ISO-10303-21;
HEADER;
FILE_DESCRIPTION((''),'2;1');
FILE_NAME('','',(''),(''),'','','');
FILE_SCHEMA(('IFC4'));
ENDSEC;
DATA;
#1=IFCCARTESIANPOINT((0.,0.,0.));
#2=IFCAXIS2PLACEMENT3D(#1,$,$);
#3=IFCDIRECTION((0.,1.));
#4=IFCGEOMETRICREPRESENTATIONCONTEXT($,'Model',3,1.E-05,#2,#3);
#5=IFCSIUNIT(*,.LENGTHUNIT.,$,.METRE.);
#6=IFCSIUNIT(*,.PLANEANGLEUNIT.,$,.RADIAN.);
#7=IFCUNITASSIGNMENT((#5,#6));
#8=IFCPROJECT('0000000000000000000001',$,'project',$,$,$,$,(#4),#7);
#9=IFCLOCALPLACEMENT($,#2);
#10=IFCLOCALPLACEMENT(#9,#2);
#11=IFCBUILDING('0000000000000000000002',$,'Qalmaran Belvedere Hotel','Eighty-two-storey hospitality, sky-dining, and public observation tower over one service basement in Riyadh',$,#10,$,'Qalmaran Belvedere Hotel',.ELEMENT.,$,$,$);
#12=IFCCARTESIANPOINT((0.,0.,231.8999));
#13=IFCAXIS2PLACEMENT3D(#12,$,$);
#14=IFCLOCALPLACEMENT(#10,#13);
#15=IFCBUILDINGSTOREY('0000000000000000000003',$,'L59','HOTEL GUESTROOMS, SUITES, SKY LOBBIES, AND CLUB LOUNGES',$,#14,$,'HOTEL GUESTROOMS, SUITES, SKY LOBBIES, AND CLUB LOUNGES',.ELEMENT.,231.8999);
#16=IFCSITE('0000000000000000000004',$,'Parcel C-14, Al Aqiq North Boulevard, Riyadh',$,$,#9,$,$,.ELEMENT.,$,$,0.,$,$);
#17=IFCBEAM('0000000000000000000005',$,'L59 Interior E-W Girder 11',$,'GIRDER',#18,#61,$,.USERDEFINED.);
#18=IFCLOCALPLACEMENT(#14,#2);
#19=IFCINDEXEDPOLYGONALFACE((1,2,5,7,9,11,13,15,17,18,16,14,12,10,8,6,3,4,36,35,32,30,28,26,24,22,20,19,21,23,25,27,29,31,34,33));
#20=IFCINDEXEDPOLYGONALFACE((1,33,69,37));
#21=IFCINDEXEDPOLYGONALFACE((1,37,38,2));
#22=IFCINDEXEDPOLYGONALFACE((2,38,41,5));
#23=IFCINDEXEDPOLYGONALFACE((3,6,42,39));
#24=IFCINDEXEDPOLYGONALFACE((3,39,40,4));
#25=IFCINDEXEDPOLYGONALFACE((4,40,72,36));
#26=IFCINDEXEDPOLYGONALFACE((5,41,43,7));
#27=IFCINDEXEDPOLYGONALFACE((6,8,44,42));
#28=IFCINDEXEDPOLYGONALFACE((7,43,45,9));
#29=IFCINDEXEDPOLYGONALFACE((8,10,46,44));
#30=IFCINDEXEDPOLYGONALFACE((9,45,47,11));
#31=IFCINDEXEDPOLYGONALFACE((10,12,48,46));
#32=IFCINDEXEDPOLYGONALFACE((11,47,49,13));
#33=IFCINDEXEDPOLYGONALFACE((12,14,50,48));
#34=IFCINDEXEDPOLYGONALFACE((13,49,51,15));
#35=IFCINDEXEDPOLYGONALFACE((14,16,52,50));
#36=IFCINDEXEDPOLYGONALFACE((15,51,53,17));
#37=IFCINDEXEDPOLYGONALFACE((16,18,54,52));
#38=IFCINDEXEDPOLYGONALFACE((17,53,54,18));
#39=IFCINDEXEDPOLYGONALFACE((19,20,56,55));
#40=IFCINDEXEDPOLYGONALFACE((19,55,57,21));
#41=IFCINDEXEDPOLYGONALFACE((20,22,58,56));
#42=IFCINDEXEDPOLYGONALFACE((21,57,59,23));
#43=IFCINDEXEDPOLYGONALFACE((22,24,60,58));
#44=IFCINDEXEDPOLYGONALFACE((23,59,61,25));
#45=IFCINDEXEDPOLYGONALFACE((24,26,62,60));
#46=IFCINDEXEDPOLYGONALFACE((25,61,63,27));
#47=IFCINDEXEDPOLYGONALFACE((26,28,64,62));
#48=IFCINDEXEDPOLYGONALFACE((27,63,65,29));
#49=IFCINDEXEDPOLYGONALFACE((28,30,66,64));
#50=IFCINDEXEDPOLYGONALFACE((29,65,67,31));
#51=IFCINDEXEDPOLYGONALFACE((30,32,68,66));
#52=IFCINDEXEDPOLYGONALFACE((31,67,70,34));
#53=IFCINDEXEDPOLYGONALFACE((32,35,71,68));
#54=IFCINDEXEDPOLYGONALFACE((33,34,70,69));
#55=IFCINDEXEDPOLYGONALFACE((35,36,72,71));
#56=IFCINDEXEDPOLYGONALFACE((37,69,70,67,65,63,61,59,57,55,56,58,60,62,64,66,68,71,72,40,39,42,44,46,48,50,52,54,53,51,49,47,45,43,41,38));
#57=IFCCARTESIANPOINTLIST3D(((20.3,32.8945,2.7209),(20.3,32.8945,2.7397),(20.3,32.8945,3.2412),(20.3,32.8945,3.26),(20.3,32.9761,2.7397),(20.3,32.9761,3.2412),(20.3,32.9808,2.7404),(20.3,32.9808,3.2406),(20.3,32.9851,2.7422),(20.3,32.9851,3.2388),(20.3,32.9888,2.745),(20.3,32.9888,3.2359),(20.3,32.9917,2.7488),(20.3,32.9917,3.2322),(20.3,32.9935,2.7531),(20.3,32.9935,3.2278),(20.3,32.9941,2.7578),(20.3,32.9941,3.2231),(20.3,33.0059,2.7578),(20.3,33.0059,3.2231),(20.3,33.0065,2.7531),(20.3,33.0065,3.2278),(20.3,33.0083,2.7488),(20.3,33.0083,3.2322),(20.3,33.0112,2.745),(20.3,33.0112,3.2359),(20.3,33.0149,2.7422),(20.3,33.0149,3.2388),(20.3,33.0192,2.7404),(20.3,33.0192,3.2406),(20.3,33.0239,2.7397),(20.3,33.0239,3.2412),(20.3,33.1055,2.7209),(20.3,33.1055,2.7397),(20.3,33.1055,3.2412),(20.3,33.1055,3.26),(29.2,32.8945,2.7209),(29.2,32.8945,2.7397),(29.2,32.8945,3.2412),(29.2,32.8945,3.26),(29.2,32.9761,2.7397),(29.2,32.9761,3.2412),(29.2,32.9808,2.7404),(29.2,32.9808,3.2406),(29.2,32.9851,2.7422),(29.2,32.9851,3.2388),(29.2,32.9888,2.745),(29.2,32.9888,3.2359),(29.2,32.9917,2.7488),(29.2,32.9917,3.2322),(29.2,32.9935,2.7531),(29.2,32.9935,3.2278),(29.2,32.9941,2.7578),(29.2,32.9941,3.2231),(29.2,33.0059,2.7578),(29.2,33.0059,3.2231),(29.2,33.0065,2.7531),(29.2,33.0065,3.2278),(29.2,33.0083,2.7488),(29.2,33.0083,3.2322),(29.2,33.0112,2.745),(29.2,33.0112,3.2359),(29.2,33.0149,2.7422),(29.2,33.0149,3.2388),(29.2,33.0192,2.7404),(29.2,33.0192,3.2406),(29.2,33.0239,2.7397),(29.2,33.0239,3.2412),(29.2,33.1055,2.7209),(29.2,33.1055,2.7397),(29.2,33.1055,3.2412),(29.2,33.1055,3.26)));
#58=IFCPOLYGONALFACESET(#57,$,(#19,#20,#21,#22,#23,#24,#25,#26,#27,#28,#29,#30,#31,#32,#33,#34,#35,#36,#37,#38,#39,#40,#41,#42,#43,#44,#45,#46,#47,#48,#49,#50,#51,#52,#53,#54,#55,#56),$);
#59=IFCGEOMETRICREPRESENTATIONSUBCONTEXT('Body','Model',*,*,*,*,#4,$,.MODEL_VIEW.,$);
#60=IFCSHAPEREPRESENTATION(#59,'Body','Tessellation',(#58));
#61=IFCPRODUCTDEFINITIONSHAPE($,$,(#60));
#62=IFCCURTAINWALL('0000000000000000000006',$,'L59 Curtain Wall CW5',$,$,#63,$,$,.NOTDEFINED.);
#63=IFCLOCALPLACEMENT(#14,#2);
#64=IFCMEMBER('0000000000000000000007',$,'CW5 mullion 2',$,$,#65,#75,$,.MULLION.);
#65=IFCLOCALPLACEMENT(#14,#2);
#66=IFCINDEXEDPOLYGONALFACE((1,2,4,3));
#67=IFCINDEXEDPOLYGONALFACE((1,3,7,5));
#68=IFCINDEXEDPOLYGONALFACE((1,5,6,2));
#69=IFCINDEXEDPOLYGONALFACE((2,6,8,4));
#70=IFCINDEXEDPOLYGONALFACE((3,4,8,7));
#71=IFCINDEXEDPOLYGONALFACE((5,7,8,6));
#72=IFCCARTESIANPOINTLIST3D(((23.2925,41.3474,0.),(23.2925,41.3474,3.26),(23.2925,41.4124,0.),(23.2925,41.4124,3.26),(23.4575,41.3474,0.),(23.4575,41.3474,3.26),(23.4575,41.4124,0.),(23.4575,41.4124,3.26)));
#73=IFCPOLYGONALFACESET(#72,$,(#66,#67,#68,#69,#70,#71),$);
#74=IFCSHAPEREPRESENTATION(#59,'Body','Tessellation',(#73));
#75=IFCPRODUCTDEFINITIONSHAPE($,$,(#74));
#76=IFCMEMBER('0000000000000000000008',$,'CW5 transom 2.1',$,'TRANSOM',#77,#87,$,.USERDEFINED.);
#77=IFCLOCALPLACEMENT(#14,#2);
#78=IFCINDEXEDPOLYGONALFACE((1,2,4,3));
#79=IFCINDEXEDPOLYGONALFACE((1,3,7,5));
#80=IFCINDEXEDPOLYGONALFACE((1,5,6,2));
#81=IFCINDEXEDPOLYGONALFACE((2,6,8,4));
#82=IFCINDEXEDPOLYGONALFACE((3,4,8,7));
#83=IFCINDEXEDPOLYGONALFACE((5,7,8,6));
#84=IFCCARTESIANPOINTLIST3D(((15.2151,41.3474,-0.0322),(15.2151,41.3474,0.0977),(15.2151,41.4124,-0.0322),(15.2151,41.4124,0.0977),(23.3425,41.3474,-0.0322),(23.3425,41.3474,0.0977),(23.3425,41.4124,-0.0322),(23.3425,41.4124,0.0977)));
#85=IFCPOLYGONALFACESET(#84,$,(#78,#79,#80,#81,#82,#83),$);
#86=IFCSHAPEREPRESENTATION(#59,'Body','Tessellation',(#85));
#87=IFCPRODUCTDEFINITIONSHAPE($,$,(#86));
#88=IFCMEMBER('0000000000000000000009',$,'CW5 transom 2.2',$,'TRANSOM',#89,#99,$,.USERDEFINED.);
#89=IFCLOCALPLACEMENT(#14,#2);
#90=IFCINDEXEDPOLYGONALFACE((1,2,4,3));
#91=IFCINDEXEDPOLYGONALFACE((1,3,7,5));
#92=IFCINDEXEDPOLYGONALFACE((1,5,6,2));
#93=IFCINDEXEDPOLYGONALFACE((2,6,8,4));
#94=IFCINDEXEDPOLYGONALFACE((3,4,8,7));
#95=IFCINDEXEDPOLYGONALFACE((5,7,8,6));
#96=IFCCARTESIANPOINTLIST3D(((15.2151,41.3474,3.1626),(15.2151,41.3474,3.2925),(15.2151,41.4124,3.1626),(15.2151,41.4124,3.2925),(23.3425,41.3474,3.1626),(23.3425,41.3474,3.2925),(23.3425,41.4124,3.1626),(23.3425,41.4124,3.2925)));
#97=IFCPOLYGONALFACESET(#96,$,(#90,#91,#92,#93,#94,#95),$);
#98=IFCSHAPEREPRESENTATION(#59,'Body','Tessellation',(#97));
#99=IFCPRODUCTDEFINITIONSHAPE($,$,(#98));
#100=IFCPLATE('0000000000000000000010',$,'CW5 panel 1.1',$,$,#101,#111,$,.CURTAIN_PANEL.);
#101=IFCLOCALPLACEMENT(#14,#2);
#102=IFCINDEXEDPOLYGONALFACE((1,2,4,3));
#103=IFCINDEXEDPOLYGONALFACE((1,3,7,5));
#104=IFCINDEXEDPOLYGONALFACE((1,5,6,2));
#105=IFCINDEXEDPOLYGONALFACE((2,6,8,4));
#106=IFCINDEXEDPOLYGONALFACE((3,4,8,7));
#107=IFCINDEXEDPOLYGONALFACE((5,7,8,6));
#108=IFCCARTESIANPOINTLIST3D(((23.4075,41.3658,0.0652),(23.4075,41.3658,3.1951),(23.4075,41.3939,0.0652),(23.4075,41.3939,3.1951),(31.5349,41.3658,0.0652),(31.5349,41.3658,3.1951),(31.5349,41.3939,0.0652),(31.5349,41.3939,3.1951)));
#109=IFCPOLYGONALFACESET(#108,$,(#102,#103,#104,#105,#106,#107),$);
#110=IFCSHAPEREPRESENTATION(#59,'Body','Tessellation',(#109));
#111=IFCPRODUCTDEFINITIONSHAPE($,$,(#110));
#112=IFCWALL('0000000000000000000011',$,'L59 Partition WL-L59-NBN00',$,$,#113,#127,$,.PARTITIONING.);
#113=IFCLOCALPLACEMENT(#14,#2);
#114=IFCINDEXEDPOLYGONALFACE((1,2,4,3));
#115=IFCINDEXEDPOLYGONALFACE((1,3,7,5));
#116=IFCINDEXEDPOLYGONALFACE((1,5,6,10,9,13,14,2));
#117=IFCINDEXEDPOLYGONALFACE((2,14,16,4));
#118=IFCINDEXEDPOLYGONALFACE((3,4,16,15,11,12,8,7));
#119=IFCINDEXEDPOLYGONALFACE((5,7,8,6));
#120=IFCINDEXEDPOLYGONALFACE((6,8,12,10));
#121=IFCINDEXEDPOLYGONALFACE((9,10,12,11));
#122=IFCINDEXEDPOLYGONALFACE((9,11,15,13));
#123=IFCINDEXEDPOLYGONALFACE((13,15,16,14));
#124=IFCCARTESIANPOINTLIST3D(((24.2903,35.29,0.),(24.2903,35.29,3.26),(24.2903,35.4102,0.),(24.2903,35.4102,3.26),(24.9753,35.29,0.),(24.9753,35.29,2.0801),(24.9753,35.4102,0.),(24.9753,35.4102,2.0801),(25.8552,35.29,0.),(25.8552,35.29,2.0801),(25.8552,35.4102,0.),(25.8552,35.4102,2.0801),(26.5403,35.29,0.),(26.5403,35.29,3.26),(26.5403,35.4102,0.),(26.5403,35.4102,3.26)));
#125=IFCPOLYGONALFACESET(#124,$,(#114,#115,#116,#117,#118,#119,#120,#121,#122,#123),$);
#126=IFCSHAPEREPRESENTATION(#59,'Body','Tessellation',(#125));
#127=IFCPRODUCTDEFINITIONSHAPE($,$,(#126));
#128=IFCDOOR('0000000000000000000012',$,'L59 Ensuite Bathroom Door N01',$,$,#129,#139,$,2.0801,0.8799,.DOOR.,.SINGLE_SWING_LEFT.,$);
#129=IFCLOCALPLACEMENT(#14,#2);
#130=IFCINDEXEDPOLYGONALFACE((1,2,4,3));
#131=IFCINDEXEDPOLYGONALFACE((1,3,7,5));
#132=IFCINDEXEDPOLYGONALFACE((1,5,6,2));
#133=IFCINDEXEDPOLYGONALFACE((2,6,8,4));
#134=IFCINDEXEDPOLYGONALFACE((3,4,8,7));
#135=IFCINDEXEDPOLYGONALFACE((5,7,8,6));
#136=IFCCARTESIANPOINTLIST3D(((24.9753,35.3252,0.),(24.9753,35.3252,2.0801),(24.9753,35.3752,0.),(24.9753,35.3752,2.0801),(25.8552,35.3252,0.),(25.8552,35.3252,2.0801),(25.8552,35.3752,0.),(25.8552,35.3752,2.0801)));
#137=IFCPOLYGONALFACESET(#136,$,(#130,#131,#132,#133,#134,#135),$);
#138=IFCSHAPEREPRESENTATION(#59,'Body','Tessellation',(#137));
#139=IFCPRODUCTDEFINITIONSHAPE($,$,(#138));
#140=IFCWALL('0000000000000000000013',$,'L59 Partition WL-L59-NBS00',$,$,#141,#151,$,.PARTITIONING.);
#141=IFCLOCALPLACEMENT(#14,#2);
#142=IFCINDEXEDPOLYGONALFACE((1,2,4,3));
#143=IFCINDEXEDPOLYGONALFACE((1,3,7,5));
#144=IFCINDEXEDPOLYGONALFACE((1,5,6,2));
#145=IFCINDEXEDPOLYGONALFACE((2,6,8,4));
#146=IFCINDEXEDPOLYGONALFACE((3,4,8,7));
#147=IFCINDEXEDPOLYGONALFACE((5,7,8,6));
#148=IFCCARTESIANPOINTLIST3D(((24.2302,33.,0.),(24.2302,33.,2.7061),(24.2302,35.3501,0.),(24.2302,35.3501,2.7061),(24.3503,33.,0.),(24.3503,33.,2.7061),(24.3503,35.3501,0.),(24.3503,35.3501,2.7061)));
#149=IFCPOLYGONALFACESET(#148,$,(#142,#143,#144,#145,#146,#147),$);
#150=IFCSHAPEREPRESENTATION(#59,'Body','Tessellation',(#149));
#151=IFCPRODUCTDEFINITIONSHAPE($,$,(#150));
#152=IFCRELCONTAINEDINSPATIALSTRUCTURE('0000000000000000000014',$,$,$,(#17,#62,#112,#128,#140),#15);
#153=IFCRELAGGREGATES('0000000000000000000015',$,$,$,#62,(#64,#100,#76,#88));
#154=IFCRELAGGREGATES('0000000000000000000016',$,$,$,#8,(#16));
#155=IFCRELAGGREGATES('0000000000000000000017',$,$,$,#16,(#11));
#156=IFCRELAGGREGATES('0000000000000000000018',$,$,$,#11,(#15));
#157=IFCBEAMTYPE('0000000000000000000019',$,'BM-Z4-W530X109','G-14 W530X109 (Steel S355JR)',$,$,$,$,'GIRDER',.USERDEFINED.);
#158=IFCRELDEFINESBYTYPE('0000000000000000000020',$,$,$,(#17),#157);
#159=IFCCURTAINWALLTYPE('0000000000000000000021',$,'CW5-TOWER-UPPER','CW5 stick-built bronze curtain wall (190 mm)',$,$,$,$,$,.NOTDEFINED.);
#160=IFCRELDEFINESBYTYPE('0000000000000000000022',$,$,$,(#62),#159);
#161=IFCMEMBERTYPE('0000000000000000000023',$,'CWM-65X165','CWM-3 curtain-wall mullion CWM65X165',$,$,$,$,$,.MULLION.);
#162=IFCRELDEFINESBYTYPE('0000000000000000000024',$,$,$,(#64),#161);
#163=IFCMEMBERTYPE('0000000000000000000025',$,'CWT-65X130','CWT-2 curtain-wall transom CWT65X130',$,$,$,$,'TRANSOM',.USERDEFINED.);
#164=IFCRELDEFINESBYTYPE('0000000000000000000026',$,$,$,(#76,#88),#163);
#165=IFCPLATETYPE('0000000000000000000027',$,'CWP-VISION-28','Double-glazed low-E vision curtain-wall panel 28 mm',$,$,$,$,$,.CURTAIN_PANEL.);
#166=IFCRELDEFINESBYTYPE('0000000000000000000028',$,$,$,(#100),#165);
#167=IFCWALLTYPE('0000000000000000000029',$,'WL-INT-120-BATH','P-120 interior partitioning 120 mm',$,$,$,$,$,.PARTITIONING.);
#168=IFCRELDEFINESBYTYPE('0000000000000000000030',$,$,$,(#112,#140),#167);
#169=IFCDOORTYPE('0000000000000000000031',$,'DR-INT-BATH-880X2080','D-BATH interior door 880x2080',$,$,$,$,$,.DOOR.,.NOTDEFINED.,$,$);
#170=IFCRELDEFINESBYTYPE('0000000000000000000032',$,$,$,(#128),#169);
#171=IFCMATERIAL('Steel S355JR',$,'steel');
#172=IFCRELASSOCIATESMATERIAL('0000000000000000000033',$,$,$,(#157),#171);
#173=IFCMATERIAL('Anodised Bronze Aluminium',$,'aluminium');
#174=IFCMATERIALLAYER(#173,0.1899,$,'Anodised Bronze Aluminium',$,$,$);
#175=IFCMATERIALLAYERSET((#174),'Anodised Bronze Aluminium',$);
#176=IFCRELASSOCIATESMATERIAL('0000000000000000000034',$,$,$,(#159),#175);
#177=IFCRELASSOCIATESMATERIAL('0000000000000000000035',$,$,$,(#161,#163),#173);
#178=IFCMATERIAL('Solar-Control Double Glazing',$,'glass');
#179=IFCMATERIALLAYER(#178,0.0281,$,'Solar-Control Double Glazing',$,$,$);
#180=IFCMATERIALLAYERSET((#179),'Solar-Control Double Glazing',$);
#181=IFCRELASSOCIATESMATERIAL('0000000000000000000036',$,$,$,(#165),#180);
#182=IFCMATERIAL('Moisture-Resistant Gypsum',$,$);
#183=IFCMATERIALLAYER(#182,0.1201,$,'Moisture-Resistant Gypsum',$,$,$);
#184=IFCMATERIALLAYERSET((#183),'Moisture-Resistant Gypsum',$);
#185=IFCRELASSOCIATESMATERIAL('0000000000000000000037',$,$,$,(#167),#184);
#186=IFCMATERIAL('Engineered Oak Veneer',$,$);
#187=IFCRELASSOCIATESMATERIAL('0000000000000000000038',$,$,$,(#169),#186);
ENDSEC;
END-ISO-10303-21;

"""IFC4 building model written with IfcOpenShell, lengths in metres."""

from ifc_helpers import new_model, si_unit, direction, frame, frame_2d, origin, origin_2d, place, context, subcontext, project, spatial, rectangle, i_section, extrude, material, layer, layer_set, material_profile, profile_set, type_object, element, fill, aggregate, save


model = new_model("IFC4")

# Units and contexts
model_context = context("Model", 3, precision=1e-05, world=origin(), true_north=direction((0.0, 1.0)))
body_context = subcontext(model_context, "Body", "Model", "MODEL_VIEW")
ifc_project = project(units=[si_unit("LENGTHUNIT", "METRE"), si_unit("PLANEANGLEUNIT", "RADIAN")], contexts=[model_context])

# Site, building, storey
site_placement = place(None, origin())
site = spatial("IfcSite", under=ifc_project, at=site_placement, Name="Parcel C-14, Al Aqiq North Boulevard, Riyadh", CompositionType="ELEMENT", RefElevation=0.0)
building_placement = place(site_placement, origin())
building = spatial("IfcBuilding", under=site, at=building_placement, Name="Qalmaran Belvedere Hotel", Description="Eighty-two-storey hospitality, sky-dining, and public observation tower over one service basement in Riyadh", LongName="Qalmaran Belvedere Hotel", CompositionType="ELEMENT")
storey_placement = place(building_placement, frame((0.0, 0.0, 231.8999)))
storey = spatial("IfcBuildingStorey", under=building, at=storey_placement, Name="L59", Description="HOTEL GUESTROOMS, SUITES, SKY LOBBIES, AND CLUB LOUNGES", LongName="HOTEL GUESTROOMS, SUITES, SKY LOBBIES, AND CLUB LOUNGES", CompositionType="ELEMENT", Elevation=231.8999)

# Beam
ifc_material_1 = material(Name="Steel S355JR", Category="steel")
ifc_material_profile_1 = material_profile(ifc_material_1, i_section(OverallWidth=0.2109, OverallDepth=0.5391, WebThickness=0.0117, FlangeThickness=0.0188, FilletRadius=0.0181, at=origin_2d()), Name="W530X109")
ifc_profile_set_1 = profile_set([ifc_material_profile_1], Name="Steel S355JR")
beam_type_1 = type_object("IfcBeamType", Name="BM-Z4-W530X109", Description="G-14 W530X109 (Steel S355JR)", ElementType="GIRDER", PredefinedType="USERDEFINED", material=ifc_profile_set_1)
beam_1_placement = place(storey_placement, frame((20.3, 33.0, 2.9905), z_axis=(1.0, 0.0, 0.0), x_axis=(0.0, 1.0, 0.0)))
element("IfcBeam", 1, at=beam_1_placement, inside=storey, type_object=beam_type_1, Name="L59 Interior E-W Girder 11", ObjectType="GIRDER", PredefinedType="USERDEFINED", context=body_context, shape_type="SweptSolid", body=[
    extrude(i_section(OverallWidth=0.2109, OverallDepth=0.5391, WebThickness=0.0117, FlangeThickness=0.0188, FilletRadius=0.0181, at=origin_2d()), origin(), (0.0, 0.0, 1.0), 8.8999),
])

# Curtain wall, members, plate
ifc_material_2 = material(Name="Anodised Bronze Aluminium", Category="aluminium")
ifc_layer_1 = layer(ifc_material_2, 0.1899, Name="Anodised Bronze Aluminium")
ifc_layer_set_1 = layer_set([ifc_layer_1], Name="Anodised Bronze Aluminium")
curtain_wall_type = type_object("IfcCurtainWallType", Name="CW5-TOWER-UPPER", Description="CW5 stick-built bronze curtain wall (190 mm)", PredefinedType="NOTDEFINED", material=ifc_layer_set_1)
curtain_wall_placement = place(storey_placement, origin())
curtain_wall = element("IfcCurtainWall", 2, at=curtain_wall_placement, inside=storey, type_object=curtain_wall_type, Name="L59 Curtain Wall CW5", PredefinedType="NOTDEFINED")
ifc_material_profile_2 = material_profile(ifc_material_2, rectangle(XDim=0.0649, YDim=0.165, at=origin_2d()), Name="CWM65X165")
ifc_profile_set_2 = profile_set([ifc_material_profile_2], Name="Anodised Bronze Aluminium")
member_type_1 = type_object("IfcMemberType", Name="CWM-65X165", Description="CWM-3 curtain-wall mullion CWM65X165", PredefinedType="MULLION", material=ifc_profile_set_2)
member_1_placement = place(storey_placement, frame((23.375, 41.3799, 0.0), z_axis=(0.0, 0.0, 1.0), x_axis=(0.0, -1.0, 0.0)))
member_1 = element("IfcMember", 3, at=member_1_placement, type_object=member_type_1, Name="CW5 mullion 2", PredefinedType="MULLION", context=body_context, shape_type="SweptSolid", body=[
    extrude(rectangle(XDim=0.0649, YDim=0.165, at=origin_2d()), origin(), (0.0, 0.0, 1.0), 3.26),
])
ifc_material_profile_3 = material_profile(ifc_material_2, rectangle(XDim=0.0649, YDim=0.1299, at=origin_2d()), Name="CWT65X130")
ifc_profile_set_3 = profile_set([ifc_material_profile_3], Name="Anodised Bronze Aluminium")
member_type_2 = type_object("IfcMemberType", Name="CWT-65X130", Description="CWT-2 curtain-wall transom CWT65X130", ElementType="TRANSOM", PredefinedType="USERDEFINED", material=ifc_profile_set_3)
member_2_placement = place(storey_placement, frame((23.3425, 41.3799, 0.0327), z_axis=(-1.0, 0.0, 0.0), x_axis=(0.0, -1.0, 0.0)))
member_2 = element("IfcMember", 4, at=member_2_placement, type_object=member_type_2, Name="CW5 transom 2.1", ObjectType="TRANSOM", PredefinedType="USERDEFINED", context=body_context, shape_type="SweptSolid", body=[
    extrude(rectangle(XDim=0.0649, YDim=0.1299, at=origin_2d()), origin(), (0.0, 0.0, 1.0), 8.1274),
])
member_3_placement = place(storey_placement, frame((23.3425, 41.3799, 3.2275), z_axis=(-1.0, 0.0, 0.0), x_axis=(0.0, -1.0, 0.0)))
member_3 = element("IfcMember", 5, at=member_3_placement, type_object=member_type_2, Name="CW5 transom 2.2", ObjectType="TRANSOM", PredefinedType="USERDEFINED", context=body_context, shape_type="SweptSolid", body=[
    extrude(rectangle(XDim=0.0649, YDim=0.1299, at=origin_2d()), origin(), (0.0, 0.0, 1.0), 8.1274),
])
ifc_material_3 = material(Name="Solar-Control Double Glazing", Category="glass")
ifc_layer_2 = layer(ifc_material_3, 0.0281, Name="Solar-Control Double Glazing")
ifc_layer_set_2 = layer_set([ifc_layer_2], Name="Solar-Control Double Glazing")
plate_type = type_object("IfcPlateType", Name="CWP-VISION-28", Description="Double-glazed low-E vision curtain-wall panel 28 mm", PredefinedType="CURTAIN_PANEL", material=ifc_layer_set_2)
plate_placement = place(storey_placement, frame((27.4712, 41.3799, 0.0652), z_axis=(0.0, 0.0, 1.0), x_axis=(-1.0, 0.0, 0.0)))
plate = element("IfcPlate", 6, at=plate_placement, type_object=plate_type, Name="CW5 panel 1.1", PredefinedType="CURTAIN_PANEL", context=body_context, shape_type="SweptSolid", body=[
    extrude(rectangle(XDim=8.1274, YDim=0.0281, at=origin_2d()), origin(), (0.0, 0.0, 1.0), 3.1299),
])
aggregate(curtain_wall, [member_1, plate, member_2, member_3])

# Wall, opening, door
ifc_material_4 = material(Name="Moisture-Resistant Gypsum")
ifc_layer_3 = layer(ifc_material_4, 0.1201, Name="Moisture-Resistant Gypsum")
ifc_layer_set_3 = layer_set([ifc_layer_3], Name="Moisture-Resistant Gypsum")
wall_type_1 = type_object("IfcWallType", Name="WL-INT-120-BATH", Description="P-120 interior partitioning 120 mm", PredefinedType="PARTITIONING", material=ifc_layer_set_3)
wall_1_placement = place(storey_placement, frame((24.2903, 35.3501, 0.0), z_axis=(0.0, 0.0, 1.0), x_axis=(1.0, 0.0, 0.0)))
wall_1 = element("IfcWall", 7, at=wall_1_placement, inside=storey, type_object=wall_type_1, Name="L59 Partition WL-L59-NBN00", PredefinedType="PARTITIONING", context=body_context, shape_type="SweptSolid", body=[
    extrude(rectangle(XDim=2.25, YDim=0.1201, at=frame_2d((1.125, 0.0))), origin(), (0.0, 0.0, 1.0), 3.26),
])
opening_1_placement = place(wall_1_placement, frame((1.5649, 0.0, 0.0), z_axis=(0.0, 0.0, 1.0), x_axis=(-1.0, 0.0, 0.0)))
opening_1 = element("IfcOpeningElement", 8, at=opening_1_placement, cuts=wall_1, PredefinedType="OPENING", context=body_context, shape_type="SweptSolid", body=[
    extrude(rectangle(XDim=0.8799, YDim=2.0801, at=frame_2d((0.4399, 1.04))), frame((0.0, 0.0701, 0.0), z_axis=(0.0, -1.0, 0.0), x_axis=(1.0, 0.0, 0.0)), (0.0, 0.0, 1.0), 0.1401),
])
ifc_material_5 = material(Name="Engineered Oak Veneer")
door_type_1 = type_object("IfcDoorType", Name="DR-INT-BATH-880X2080", Description="D-BATH interior door 880x2080", OperationType="NOTDEFINED", PredefinedType="DOOR", material=ifc_material_5)
door_1_placement = place(opening_1_placement, origin())
door_1 = element("IfcDoor", 9, at=door_1_placement, inside=storey, type_object=door_type_1, Name="L59 Ensuite Bathroom Door N01", OperationType="SINGLE_SWING_LEFT", OverallHeight=2.0801, OverallWidth=0.8799, PredefinedType="DOOR", context=body_context, shape_type="SweptSolid", body=[
    extrude(rectangle(XDim=0.8799, YDim=2.0801, at=frame_2d((0.4399, 1.04))), frame((0.0, 0.0249, 0.0), z_axis=(0.0, -1.0, 0.0), x_axis=(1.0, 0.0, 0.0)), (0.0, 0.0, 1.0), 0.05),
])
fill(opening_1, door_1)

# Wall
wall_2_placement = place(storey_placement, frame((24.2903, 33.0, 0.0), z_axis=(0.0, 0.0, 1.0), x_axis=(0.0, 1.0, 0.0)))
element("IfcWall", 10, at=wall_2_placement, inside=storey, type_object=wall_type_1, Name="L59 Partition WL-L59-NBS00", PredefinedType="PARTITIONING", context=body_context, shape_type="SweptSolid", body=[
    extrude(rectangle(XDim=2.3501, YDim=0.1201, at=frame_2d((1.175, 0.0))), origin(), (0.0, 0.0, 1.0), 2.7061),
])

save(model, "model.ifc")
